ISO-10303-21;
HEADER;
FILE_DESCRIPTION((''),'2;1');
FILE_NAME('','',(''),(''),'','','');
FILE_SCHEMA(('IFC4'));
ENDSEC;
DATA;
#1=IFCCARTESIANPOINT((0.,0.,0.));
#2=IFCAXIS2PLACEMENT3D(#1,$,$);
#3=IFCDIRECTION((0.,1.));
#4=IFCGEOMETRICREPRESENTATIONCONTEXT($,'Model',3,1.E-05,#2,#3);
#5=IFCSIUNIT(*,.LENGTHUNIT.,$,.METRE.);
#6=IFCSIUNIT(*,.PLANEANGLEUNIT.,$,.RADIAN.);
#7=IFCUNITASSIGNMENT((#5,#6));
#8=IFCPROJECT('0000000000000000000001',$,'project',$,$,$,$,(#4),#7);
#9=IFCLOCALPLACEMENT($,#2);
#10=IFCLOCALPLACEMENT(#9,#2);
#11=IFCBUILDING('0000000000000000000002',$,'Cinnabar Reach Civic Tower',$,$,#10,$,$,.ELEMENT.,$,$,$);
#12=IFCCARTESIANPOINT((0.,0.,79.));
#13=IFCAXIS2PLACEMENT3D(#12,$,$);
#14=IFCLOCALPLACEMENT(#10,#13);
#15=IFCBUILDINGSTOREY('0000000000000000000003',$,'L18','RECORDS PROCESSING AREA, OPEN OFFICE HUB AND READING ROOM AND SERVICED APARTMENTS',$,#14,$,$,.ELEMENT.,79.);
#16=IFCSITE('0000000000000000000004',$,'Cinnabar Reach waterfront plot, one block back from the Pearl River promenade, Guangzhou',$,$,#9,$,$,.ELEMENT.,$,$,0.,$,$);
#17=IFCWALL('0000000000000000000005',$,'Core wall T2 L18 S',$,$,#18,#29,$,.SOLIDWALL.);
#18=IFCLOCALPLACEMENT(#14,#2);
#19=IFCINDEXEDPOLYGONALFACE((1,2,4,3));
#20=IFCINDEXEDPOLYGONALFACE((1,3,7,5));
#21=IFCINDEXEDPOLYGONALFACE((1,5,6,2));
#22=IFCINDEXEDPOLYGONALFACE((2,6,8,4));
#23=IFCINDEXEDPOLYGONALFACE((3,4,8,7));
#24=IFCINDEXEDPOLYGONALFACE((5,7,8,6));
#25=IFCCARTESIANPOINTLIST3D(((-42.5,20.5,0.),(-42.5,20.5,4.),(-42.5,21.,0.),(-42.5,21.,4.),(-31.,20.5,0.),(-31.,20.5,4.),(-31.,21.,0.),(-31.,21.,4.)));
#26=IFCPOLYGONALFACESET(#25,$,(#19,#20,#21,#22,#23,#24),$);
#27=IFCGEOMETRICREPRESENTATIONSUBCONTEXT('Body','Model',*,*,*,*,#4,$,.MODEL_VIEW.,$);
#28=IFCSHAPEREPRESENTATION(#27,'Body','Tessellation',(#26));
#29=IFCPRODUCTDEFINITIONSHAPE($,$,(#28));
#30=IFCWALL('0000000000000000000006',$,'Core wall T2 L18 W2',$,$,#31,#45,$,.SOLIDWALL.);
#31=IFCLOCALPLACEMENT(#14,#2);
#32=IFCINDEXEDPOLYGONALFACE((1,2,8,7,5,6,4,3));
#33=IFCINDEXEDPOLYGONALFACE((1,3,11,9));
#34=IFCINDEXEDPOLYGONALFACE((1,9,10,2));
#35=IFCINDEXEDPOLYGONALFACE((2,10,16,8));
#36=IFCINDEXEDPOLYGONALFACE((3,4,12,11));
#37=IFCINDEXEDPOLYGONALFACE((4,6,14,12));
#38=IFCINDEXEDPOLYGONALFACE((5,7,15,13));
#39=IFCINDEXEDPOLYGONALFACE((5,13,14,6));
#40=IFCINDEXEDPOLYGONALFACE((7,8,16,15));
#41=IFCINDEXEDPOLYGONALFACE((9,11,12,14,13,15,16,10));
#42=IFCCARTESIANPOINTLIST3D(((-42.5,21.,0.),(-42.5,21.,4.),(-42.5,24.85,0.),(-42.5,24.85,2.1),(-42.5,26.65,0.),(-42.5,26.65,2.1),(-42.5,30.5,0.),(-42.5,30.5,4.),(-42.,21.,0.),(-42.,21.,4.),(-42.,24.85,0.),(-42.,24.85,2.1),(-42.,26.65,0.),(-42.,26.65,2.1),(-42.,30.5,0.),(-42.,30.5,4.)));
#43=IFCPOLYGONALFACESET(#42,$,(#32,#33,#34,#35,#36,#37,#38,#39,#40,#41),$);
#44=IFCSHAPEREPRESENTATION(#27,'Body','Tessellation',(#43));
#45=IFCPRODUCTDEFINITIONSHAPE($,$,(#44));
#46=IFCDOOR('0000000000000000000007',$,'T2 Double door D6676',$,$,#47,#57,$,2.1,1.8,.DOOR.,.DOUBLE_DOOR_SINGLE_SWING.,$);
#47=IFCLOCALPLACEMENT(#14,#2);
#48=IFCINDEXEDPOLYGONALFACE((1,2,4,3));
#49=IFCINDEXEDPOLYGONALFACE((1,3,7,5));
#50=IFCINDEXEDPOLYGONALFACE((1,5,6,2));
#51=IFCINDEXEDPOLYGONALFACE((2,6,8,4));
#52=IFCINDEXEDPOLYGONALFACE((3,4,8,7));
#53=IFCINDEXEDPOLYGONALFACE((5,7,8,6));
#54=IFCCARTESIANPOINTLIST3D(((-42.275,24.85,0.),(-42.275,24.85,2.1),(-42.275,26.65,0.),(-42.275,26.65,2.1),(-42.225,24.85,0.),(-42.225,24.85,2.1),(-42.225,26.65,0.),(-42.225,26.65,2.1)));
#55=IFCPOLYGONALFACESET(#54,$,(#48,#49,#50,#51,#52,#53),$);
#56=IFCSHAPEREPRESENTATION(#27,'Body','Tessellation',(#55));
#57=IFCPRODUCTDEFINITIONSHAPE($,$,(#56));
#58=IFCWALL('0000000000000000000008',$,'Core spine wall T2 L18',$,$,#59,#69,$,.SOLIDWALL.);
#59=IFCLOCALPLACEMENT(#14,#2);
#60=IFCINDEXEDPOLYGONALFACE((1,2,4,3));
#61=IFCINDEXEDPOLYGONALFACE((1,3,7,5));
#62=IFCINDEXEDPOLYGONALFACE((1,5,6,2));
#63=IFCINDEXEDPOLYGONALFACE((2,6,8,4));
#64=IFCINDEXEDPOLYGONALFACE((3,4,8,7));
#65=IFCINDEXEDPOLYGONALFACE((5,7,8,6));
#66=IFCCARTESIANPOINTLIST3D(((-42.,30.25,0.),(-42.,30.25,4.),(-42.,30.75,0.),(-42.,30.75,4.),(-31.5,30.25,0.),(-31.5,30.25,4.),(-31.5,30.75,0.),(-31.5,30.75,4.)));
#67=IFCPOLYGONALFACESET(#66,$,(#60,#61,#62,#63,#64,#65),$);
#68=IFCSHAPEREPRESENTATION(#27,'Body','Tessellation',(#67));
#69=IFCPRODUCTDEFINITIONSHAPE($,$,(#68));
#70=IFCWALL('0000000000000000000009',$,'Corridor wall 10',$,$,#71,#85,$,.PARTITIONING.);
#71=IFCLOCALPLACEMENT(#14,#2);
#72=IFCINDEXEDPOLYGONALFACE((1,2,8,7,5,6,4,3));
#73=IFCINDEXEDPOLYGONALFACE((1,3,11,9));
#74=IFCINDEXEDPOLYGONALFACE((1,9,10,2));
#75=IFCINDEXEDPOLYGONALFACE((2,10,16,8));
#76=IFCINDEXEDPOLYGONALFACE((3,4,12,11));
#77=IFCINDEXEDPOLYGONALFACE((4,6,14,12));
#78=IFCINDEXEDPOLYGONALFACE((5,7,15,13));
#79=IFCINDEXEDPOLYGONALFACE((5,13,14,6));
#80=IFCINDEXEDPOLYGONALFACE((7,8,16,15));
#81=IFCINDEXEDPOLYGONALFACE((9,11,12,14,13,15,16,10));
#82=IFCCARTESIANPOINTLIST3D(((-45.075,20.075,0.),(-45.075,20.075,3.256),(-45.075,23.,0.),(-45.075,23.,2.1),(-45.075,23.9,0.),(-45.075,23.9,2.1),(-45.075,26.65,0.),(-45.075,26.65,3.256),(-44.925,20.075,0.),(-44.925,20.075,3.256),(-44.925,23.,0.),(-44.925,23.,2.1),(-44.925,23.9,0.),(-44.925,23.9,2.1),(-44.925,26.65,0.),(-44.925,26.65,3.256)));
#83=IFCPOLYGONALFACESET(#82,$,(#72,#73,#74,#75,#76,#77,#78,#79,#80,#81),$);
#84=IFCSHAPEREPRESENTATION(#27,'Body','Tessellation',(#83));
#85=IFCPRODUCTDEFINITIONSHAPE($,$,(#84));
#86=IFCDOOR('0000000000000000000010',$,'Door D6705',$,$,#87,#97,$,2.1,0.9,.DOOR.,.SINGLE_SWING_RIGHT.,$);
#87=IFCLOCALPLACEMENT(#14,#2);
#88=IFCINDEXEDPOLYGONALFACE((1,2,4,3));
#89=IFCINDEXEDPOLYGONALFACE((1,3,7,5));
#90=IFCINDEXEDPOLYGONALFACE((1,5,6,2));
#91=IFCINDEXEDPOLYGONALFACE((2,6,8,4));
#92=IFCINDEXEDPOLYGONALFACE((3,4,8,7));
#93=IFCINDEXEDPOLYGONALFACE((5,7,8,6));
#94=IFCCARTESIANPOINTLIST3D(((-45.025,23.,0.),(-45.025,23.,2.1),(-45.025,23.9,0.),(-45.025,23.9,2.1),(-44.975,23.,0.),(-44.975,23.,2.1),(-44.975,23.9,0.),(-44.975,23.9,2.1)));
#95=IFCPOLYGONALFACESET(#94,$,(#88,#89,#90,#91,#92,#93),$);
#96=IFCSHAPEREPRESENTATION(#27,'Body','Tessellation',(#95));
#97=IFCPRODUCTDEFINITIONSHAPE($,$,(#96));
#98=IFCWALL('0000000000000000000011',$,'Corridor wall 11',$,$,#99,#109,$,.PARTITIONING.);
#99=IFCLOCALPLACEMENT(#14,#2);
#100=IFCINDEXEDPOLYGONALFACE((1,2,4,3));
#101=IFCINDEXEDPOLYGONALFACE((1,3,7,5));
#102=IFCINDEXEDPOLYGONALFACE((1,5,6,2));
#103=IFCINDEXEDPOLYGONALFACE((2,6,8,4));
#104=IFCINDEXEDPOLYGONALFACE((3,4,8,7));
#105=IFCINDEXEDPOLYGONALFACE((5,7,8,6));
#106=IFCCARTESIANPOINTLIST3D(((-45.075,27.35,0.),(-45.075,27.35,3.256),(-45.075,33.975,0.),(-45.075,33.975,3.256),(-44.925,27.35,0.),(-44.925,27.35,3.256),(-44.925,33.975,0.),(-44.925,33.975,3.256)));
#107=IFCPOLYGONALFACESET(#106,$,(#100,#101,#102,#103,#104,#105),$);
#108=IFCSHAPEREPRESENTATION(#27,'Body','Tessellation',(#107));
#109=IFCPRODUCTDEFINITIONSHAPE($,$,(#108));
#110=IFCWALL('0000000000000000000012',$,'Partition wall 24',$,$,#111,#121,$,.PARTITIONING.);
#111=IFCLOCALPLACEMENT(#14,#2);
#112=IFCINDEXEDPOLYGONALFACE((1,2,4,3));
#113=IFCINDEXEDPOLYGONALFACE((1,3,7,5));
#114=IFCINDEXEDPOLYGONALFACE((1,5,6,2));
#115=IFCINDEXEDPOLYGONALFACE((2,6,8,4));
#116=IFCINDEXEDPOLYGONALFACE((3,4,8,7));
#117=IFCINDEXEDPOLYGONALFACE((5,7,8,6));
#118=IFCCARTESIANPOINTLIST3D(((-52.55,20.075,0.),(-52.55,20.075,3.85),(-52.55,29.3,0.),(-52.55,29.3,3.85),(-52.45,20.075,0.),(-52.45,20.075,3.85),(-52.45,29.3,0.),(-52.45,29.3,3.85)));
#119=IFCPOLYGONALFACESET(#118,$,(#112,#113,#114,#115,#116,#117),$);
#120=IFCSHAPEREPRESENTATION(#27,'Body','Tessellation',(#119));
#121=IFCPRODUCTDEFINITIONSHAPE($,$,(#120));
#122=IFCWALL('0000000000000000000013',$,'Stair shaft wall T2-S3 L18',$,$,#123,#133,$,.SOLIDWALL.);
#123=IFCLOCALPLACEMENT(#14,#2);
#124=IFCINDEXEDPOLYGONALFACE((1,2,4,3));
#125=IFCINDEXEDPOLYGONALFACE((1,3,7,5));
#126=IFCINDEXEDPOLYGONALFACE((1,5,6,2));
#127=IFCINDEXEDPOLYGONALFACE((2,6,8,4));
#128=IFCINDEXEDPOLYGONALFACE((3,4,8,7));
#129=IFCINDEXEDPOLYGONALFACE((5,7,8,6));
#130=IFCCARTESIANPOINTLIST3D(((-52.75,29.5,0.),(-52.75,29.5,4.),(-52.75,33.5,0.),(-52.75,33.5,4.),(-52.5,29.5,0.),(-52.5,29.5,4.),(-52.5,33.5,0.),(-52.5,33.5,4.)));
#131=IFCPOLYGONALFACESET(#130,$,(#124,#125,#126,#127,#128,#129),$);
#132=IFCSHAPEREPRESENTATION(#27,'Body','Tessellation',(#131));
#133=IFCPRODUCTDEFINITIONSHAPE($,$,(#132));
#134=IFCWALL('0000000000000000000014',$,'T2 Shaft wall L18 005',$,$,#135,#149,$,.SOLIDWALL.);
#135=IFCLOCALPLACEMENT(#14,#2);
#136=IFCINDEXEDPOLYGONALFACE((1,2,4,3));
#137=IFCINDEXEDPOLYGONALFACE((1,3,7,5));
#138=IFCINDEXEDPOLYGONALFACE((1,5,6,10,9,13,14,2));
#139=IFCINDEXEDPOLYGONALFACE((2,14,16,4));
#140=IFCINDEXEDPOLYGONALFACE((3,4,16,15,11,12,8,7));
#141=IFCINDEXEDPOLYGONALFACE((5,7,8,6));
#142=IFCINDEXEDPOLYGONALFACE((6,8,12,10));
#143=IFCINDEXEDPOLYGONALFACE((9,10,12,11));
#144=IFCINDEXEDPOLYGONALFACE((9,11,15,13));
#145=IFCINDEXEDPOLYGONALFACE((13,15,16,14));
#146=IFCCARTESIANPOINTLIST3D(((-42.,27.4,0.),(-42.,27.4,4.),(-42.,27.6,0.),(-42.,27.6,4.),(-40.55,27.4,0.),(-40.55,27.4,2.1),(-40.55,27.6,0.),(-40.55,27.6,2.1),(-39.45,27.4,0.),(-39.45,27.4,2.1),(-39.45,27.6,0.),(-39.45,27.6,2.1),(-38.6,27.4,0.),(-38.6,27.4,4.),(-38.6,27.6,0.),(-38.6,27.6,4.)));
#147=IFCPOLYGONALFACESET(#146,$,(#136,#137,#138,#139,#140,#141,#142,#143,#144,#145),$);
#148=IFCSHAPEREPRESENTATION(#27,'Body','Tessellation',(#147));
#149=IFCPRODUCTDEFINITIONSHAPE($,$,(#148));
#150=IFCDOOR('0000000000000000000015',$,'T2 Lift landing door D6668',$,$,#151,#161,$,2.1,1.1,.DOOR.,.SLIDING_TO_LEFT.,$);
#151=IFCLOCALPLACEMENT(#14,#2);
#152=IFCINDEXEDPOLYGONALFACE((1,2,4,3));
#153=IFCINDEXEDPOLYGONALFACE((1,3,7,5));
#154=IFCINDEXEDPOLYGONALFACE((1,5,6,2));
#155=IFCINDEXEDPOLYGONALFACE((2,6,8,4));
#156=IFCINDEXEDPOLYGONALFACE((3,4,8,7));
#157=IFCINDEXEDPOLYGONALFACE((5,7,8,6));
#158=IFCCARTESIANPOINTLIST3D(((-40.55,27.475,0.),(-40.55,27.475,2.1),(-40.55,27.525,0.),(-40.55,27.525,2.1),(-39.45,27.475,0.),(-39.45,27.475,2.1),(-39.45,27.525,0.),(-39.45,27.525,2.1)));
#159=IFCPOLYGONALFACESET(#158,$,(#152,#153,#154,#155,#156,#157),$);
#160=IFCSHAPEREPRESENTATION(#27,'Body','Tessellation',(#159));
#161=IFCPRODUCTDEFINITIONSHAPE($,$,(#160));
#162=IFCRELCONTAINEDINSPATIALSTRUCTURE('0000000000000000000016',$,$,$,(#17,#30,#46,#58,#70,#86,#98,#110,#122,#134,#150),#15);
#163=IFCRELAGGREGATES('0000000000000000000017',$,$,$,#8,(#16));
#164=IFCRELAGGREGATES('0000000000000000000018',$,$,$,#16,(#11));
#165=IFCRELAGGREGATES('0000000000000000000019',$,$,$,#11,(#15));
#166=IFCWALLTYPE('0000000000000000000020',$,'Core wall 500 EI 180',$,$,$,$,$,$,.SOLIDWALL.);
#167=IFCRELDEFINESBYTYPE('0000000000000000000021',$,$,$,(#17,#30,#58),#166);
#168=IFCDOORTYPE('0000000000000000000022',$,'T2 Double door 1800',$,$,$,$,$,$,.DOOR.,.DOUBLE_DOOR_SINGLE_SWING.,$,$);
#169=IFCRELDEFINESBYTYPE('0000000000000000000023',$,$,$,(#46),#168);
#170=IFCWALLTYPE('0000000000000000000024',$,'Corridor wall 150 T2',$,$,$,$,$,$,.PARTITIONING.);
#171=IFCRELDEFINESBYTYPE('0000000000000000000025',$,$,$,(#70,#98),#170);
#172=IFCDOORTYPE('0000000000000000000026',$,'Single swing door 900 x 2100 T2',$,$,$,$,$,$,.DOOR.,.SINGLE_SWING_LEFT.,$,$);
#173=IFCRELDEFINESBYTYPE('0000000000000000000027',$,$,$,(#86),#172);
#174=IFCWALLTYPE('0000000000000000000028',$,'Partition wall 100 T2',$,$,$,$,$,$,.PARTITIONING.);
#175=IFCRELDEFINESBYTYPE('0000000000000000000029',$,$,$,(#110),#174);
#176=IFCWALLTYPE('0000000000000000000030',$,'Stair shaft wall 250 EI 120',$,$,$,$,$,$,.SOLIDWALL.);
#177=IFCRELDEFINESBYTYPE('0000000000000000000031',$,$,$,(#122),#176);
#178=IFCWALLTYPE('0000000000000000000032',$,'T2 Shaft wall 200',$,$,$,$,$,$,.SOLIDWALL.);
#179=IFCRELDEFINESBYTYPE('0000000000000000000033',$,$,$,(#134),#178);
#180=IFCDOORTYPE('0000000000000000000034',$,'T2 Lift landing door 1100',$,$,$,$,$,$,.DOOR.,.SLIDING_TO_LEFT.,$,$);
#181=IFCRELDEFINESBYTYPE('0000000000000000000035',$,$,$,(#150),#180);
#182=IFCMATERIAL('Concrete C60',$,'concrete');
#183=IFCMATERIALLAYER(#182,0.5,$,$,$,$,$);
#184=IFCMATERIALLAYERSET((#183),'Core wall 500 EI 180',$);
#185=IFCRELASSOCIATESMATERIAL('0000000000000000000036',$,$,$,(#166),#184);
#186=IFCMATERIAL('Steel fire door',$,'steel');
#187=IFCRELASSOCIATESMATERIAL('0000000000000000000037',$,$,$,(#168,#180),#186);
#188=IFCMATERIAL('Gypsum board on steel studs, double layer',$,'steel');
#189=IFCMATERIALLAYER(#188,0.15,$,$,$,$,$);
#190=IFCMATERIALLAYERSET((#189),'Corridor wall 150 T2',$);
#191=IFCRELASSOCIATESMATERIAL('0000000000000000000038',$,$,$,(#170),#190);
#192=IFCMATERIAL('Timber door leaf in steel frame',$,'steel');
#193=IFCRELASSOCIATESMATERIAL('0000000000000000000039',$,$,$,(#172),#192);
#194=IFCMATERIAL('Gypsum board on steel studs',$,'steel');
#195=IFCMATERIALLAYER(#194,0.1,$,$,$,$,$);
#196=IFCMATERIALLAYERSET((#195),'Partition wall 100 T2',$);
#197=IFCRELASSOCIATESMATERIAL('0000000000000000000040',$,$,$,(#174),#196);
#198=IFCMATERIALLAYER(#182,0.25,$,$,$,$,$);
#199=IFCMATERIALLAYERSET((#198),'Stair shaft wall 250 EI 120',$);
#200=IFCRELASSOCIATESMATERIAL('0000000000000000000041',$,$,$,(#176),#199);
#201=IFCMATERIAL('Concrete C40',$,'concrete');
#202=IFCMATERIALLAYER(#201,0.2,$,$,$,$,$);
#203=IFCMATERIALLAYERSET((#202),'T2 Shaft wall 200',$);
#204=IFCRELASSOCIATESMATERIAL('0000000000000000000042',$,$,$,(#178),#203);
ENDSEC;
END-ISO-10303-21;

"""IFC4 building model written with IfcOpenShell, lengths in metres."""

from ifc_helpers import new_model, si_unit, direction, frame, frame_2d, origin, place, context, subcontext, project, spatial, rectangle, extrude, material, layer, layer_set, type_object, element, fill, save


model = new_model("IFC4")

# Units and contexts
model_context = context("Model", 3, precision=1e-05, world=origin(), true_north=direction((0.0, 1.0)))
body_context = subcontext(model_context, "Body", "Model", "MODEL_VIEW")
ifc_project = project(units=[si_unit("LENGTHUNIT", "METRE"), si_unit("PLANEANGLEUNIT", "RADIAN")], contexts=[model_context])

# Site, building, storey
site_placement = place(None, origin())
site = spatial("IfcSite", under=ifc_project, at=site_placement, Name="Cinnabar Reach waterfront plot, one block back from the Pearl River promenade, Guangzhou", CompositionType="ELEMENT", RefElevation=0.0)
building_placement = place(site_placement, origin())
building = spatial("IfcBuilding", under=site, at=building_placement, Name="Cinnabar Reach Civic Tower", CompositionType="ELEMENT")
storey_placement = place(building_placement, frame((0.0, 0.0, 79.0)))
storey = spatial("IfcBuildingStorey", under=building, at=storey_placement, Name="L18", Description="RECORDS PROCESSING AREA, OPEN OFFICE HUB AND READING ROOM AND SERVICED APARTMENTS", CompositionType="ELEMENT", Elevation=79.0)

# Shared definitions
ifc_material_1 = material(Name="Concrete C60", Category="concrete")

# Wall
ifc_layer_1 = layer(ifc_material_1, 0.5)
ifc_layer_set_1 = layer_set([ifc_layer_1], Name="Core wall 500 EI 180")
wall_type_1 = type_object("IfcWallType", Name="Core wall 500 EI 180", PredefinedType="SOLIDWALL", material=ifc_layer_set_1)
wall_1_placement = place(storey_placement, frame((-42.5, 20.75, 0.0), z_axis=(0.0, 0.0, 1.0), x_axis=(1.0, 0.0, 0.0)))
element("IfcWall", 1, at=wall_1_placement, inside=storey, type_object=wall_type_1, Name="Core wall T2 L18 S", PredefinedType="SOLIDWALL", context=body_context, shape_type="SweptSolid", body=[
    extrude(rectangle(XDim=11.5, YDim=0.5, at=frame_2d((5.75, 0.0))), origin(), (0.0, 0.0, 1.0), 4.0),
])

# Wall, opening, door
wall_2_placement = place(storey_placement, frame((-42.25, 30.5, 0.0), z_axis=(0.0, 0.0, 1.0), x_axis=(0.0, -1.0, 0.0)))
wall_2 = element("IfcWall", 2, at=wall_2_placement, inside=storey, type_object=wall_type_1, Name="Core wall T2 L18 W2", PredefinedType="SOLIDWALL", context=body_context, shape_type="SweptSolid", body=[
    extrude(rectangle(XDim=9.5, YDim=0.5, at=frame_2d((4.75, 0.0))), origin(), (0.0, 0.0, 1.0), 4.0),
])
opening_1_placement = place(wall_2_placement, frame((3.85, 0.0, 0.0)))
opening_1 = element("IfcOpeningElement", 3, at=opening_1_placement, cuts=wall_2, PredefinedType="OPENING", context=body_context, shape_type="SweptSolid", body=[
    extrude(rectangle(XDim=1.8, YDim=2.1, at=frame_2d((0.9, 1.05))), frame((0.0, 0.26, 0.0), z_axis=(0.0, -1.0, 0.0), x_axis=(1.0, 0.0, 0.0)), (0.0, 0.0, 1.0), 0.52),
])
ifc_material_2 = material(Name="Steel fire door", Category="steel")
door_type_1 = type_object("IfcDoorType", Name="T2 Double door 1800", OperationType="DOUBLE_DOOR_SINGLE_SWING", PredefinedType="DOOR", material=ifc_material_2)
door_1_placement = place(opening_1_placement, origin())
door_1 = element("IfcDoor", 4, at=door_1_placement, inside=storey, type_object=door_type_1, Name="T2 Double door D6676", OperationType="DOUBLE_DOOR_SINGLE_SWING", OverallHeight=2.1, OverallWidth=1.8, PredefinedType="DOOR", context=body_context, shape_type="SweptSolid", body=[
    extrude(rectangle(XDim=1.8, YDim=2.1, at=frame_2d((0.9, 1.05))), frame((0.0, 0.025, 0.0), z_axis=(0.0, -1.0, 0.0), x_axis=(1.0, 0.0, 0.0)), (0.0, 0.0, 1.0), 0.05),
])
fill(opening_1, door_1)

# Wall
wall_3_placement = place(storey_placement, frame((-42.0, 30.5, 0.0), z_axis=(0.0, 0.0, 1.0), x_axis=(1.0, 0.0, 0.0)))
element("IfcWall", 5, at=wall_3_placement, inside=storey, type_object=wall_type_1, Name="Core spine wall T2 L18", PredefinedType="SOLIDWALL", context=body_context, shape_type="SweptSolid", body=[
    extrude(rectangle(XDim=10.5, YDim=0.5, at=frame_2d((5.25, 0.0))), origin(), (0.0, 0.0, 1.0), 4.0),
])

# Wall, opening, door
ifc_material_3 = material(Name="Gypsum board on steel studs, double layer", Category="steel")
ifc_layer_2 = layer(ifc_material_3, 0.15)
ifc_layer_set_2 = layer_set([ifc_layer_2], Name="Corridor wall 150 T2")
wall_type_2 = type_object("IfcWallType", Name="Corridor wall 150 T2", PredefinedType="PARTITIONING", material=ifc_layer_set_2)
wall_4_placement = place(storey_placement, frame((-45.0, 20.075, 0.0), z_axis=(0.0, 0.0, 1.0), x_axis=(0.0, 1.0, 0.0)))
wall_4 = element("IfcWall", 6, at=wall_4_placement, inside=storey, type_object=wall_type_2, Name="Corridor wall 10", PredefinedType="PARTITIONING", context=body_context, shape_type="SweptSolid", body=[
    extrude(rectangle(XDim=6.575, YDim=0.15, at=frame_2d((3.2875, 0.0))), origin(), (0.0, 0.0, 1.0), 3.256),
])
opening_2_placement = place(wall_4_placement, frame((2.925, 0.0, 0.0)))
opening_2 = element("IfcOpeningElement", 7, at=opening_2_placement, cuts=wall_4, PredefinedType="OPENING", context=body_context, shape_type="SweptSolid", body=[
    extrude(rectangle(XDim=0.9, YDim=2.1, at=frame_2d((0.45, 1.05))), frame((0.0, 0.085, 0.0), z_axis=(0.0, -1.0, 0.0), x_axis=(1.0, 0.0, 0.0)), (0.0, 0.0, 1.0), 0.17),
])
ifc_material_4 = material(Name="Timber door leaf in steel frame", Category="steel")
door_type_2 = type_object("IfcDoorType", Name="Single swing door 900 x 2100 T2", OperationType="SINGLE_SWING_LEFT", PredefinedType="DOOR", material=ifc_material_4)
door_2_placement = place(opening_2_placement, origin())
door_2 = element("IfcDoor", 8, at=door_2_placement, inside=storey, type_object=door_type_2, Name="Door D6705", OperationType="SINGLE_SWING_RIGHT", OverallHeight=2.1, OverallWidth=0.9, PredefinedType="DOOR", context=body_context, shape_type="SweptSolid", body=[
    extrude(rectangle(XDim=0.9, YDim=2.1, at=frame_2d((0.45, 1.05))), frame((0.0, 0.025, 0.0), z_axis=(0.0, -1.0, 0.0), x_axis=(1.0, 0.0, 0.0)), (0.0, 0.0, 1.0), 0.05),
])
fill(opening_2, door_2)

# Walls
wall_5_placement = place(storey_placement, frame((-45.0, 27.35, 0.0), z_axis=(0.0, 0.0, 1.0), x_axis=(0.0, 1.0, 0.0)))
element("IfcWall", 9, at=wall_5_placement, inside=storey, type_object=wall_type_2, Name="Corridor wall 11", PredefinedType="PARTITIONING", context=body_context, shape_type="SweptSolid", body=[
    extrude(rectangle(XDim=6.625, YDim=0.15, at=frame_2d((3.3125, 0.0))), origin(), (0.0, 0.0, 1.0), 3.256),
])
ifc_material_5 = material(Name="Gypsum board on steel studs", Category="steel")
ifc_layer_3 = layer(ifc_material_5, 0.1)
ifc_layer_set_3 = layer_set([ifc_layer_3], Name="Partition wall 100 T2")
wall_type_3 = type_object("IfcWallType", Name="Partition wall 100 T2", PredefinedType="PARTITIONING", material=ifc_layer_set_3)
wall_6_placement = place(storey_placement, frame((-52.5, 20.075, 0.0), z_axis=(0.0, 0.0, 1.0), x_axis=(0.0, 1.0, 0.0)))
element("IfcWall", 10, at=wall_6_placement, inside=storey, type_object=wall_type_3, Name="Partition wall 24", PredefinedType="PARTITIONING", context=body_context, shape_type="SweptSolid", body=[
    extrude(rectangle(XDim=9.225, YDim=0.1, at=frame_2d((4.6125, 0.0))), origin(), (0.0, 0.0, 1.0), 3.85),
])
ifc_layer_4 = layer(ifc_material_1, 0.25)
ifc_layer_set_4 = layer_set([ifc_layer_4], Name="Stair shaft wall 250 EI 120")
wall_type_4 = type_object("IfcWallType", Name="Stair shaft wall 250 EI 120", PredefinedType="SOLIDWALL", material=ifc_layer_set_4)
wall_7_placement = place(storey_placement, frame((-52.625, 29.5, 0.0), z_axis=(0.0, 0.0, 1.0), x_axis=(0.0, 1.0, 0.0)))
element("IfcWall", 11, at=wall_7_placement, inside=storey, type_object=wall_type_4, Name="Stair shaft wall T2-S3 L18", PredefinedType="SOLIDWALL", context=body_context, shape_type="SweptSolid", body=[
    extrude(rectangle(XDim=4.0, YDim=0.25, at=frame_2d((2.0, 0.0))), origin(), (0.0, 0.0, 1.0), 4.0),
])

# Wall, opening, door
ifc_material_6 = material(Name="Concrete C40", Category="concrete")
ifc_layer_5 = layer(ifc_material_6, 0.2)
ifc_layer_set_5 = layer_set([ifc_layer_5], Name="T2 Shaft wall 200")
wall_type_5 = type_object("IfcWallType", Name="T2 Shaft wall 200", PredefinedType="SOLIDWALL", material=ifc_layer_set_5)
wall_8_placement = place(storey_placement, frame((-42.0, 27.5, 0.0), z_axis=(0.0, 0.0, 1.0), x_axis=(1.0, 0.0, 0.0)))
wall_8 = element("IfcWall", 12, at=wall_8_placement, inside=storey, type_object=wall_type_5, Name="T2 Shaft wall L18 005", PredefinedType="SOLIDWALL", context=body_context, shape_type="SweptSolid", body=[
    extrude(rectangle(XDim=3.4, YDim=0.2, at=frame_2d((1.7, 0.0))), origin(), (0.0, 0.0, 1.0), 4.0),
])
opening_3_placement = place(wall_8_placement, frame((1.45, 0.0, 0.0)))
opening_3 = element("IfcOpeningElement", 13, at=opening_3_placement, cuts=wall_8, PredefinedType="OPENING", context=body_context, shape_type="SweptSolid", body=[
    extrude(rectangle(XDim=1.1, YDim=2.1, at=frame_2d((0.55, 1.05))), frame((0.0, 0.11, 0.0), z_axis=(0.0, -1.0, 0.0), x_axis=(1.0, 0.0, 0.0)), (0.0, 0.0, 1.0), 0.22),
])
door_type_3 = type_object("IfcDoorType", Name="T2 Lift landing door 1100", OperationType="SLIDING_TO_LEFT", PredefinedType="DOOR", material=ifc_material_2)
door_3_placement = place(opening_3_placement, origin())
door_3 = element("IfcDoor", 14, at=door_3_placement, inside=storey, type_object=door_type_3, Name="T2 Lift landing door D6668", OperationType="SLIDING_TO_LEFT", OverallHeight=2.1, OverallWidth=1.1, PredefinedType="DOOR", context=body_context, shape_type="SweptSolid", body=[
    extrude(rectangle(XDim=1.1, YDim=2.1, at=frame_2d((0.55, 1.05))), frame((0.0, 0.025, 0.0), z_axis=(0.0, -1.0, 0.0), x_axis=(1.0, 0.0, 0.0)), (0.0, 0.0, 1.0), 0.05),
])
fill(opening_3, door_3)

save(model, "model.ifc")
